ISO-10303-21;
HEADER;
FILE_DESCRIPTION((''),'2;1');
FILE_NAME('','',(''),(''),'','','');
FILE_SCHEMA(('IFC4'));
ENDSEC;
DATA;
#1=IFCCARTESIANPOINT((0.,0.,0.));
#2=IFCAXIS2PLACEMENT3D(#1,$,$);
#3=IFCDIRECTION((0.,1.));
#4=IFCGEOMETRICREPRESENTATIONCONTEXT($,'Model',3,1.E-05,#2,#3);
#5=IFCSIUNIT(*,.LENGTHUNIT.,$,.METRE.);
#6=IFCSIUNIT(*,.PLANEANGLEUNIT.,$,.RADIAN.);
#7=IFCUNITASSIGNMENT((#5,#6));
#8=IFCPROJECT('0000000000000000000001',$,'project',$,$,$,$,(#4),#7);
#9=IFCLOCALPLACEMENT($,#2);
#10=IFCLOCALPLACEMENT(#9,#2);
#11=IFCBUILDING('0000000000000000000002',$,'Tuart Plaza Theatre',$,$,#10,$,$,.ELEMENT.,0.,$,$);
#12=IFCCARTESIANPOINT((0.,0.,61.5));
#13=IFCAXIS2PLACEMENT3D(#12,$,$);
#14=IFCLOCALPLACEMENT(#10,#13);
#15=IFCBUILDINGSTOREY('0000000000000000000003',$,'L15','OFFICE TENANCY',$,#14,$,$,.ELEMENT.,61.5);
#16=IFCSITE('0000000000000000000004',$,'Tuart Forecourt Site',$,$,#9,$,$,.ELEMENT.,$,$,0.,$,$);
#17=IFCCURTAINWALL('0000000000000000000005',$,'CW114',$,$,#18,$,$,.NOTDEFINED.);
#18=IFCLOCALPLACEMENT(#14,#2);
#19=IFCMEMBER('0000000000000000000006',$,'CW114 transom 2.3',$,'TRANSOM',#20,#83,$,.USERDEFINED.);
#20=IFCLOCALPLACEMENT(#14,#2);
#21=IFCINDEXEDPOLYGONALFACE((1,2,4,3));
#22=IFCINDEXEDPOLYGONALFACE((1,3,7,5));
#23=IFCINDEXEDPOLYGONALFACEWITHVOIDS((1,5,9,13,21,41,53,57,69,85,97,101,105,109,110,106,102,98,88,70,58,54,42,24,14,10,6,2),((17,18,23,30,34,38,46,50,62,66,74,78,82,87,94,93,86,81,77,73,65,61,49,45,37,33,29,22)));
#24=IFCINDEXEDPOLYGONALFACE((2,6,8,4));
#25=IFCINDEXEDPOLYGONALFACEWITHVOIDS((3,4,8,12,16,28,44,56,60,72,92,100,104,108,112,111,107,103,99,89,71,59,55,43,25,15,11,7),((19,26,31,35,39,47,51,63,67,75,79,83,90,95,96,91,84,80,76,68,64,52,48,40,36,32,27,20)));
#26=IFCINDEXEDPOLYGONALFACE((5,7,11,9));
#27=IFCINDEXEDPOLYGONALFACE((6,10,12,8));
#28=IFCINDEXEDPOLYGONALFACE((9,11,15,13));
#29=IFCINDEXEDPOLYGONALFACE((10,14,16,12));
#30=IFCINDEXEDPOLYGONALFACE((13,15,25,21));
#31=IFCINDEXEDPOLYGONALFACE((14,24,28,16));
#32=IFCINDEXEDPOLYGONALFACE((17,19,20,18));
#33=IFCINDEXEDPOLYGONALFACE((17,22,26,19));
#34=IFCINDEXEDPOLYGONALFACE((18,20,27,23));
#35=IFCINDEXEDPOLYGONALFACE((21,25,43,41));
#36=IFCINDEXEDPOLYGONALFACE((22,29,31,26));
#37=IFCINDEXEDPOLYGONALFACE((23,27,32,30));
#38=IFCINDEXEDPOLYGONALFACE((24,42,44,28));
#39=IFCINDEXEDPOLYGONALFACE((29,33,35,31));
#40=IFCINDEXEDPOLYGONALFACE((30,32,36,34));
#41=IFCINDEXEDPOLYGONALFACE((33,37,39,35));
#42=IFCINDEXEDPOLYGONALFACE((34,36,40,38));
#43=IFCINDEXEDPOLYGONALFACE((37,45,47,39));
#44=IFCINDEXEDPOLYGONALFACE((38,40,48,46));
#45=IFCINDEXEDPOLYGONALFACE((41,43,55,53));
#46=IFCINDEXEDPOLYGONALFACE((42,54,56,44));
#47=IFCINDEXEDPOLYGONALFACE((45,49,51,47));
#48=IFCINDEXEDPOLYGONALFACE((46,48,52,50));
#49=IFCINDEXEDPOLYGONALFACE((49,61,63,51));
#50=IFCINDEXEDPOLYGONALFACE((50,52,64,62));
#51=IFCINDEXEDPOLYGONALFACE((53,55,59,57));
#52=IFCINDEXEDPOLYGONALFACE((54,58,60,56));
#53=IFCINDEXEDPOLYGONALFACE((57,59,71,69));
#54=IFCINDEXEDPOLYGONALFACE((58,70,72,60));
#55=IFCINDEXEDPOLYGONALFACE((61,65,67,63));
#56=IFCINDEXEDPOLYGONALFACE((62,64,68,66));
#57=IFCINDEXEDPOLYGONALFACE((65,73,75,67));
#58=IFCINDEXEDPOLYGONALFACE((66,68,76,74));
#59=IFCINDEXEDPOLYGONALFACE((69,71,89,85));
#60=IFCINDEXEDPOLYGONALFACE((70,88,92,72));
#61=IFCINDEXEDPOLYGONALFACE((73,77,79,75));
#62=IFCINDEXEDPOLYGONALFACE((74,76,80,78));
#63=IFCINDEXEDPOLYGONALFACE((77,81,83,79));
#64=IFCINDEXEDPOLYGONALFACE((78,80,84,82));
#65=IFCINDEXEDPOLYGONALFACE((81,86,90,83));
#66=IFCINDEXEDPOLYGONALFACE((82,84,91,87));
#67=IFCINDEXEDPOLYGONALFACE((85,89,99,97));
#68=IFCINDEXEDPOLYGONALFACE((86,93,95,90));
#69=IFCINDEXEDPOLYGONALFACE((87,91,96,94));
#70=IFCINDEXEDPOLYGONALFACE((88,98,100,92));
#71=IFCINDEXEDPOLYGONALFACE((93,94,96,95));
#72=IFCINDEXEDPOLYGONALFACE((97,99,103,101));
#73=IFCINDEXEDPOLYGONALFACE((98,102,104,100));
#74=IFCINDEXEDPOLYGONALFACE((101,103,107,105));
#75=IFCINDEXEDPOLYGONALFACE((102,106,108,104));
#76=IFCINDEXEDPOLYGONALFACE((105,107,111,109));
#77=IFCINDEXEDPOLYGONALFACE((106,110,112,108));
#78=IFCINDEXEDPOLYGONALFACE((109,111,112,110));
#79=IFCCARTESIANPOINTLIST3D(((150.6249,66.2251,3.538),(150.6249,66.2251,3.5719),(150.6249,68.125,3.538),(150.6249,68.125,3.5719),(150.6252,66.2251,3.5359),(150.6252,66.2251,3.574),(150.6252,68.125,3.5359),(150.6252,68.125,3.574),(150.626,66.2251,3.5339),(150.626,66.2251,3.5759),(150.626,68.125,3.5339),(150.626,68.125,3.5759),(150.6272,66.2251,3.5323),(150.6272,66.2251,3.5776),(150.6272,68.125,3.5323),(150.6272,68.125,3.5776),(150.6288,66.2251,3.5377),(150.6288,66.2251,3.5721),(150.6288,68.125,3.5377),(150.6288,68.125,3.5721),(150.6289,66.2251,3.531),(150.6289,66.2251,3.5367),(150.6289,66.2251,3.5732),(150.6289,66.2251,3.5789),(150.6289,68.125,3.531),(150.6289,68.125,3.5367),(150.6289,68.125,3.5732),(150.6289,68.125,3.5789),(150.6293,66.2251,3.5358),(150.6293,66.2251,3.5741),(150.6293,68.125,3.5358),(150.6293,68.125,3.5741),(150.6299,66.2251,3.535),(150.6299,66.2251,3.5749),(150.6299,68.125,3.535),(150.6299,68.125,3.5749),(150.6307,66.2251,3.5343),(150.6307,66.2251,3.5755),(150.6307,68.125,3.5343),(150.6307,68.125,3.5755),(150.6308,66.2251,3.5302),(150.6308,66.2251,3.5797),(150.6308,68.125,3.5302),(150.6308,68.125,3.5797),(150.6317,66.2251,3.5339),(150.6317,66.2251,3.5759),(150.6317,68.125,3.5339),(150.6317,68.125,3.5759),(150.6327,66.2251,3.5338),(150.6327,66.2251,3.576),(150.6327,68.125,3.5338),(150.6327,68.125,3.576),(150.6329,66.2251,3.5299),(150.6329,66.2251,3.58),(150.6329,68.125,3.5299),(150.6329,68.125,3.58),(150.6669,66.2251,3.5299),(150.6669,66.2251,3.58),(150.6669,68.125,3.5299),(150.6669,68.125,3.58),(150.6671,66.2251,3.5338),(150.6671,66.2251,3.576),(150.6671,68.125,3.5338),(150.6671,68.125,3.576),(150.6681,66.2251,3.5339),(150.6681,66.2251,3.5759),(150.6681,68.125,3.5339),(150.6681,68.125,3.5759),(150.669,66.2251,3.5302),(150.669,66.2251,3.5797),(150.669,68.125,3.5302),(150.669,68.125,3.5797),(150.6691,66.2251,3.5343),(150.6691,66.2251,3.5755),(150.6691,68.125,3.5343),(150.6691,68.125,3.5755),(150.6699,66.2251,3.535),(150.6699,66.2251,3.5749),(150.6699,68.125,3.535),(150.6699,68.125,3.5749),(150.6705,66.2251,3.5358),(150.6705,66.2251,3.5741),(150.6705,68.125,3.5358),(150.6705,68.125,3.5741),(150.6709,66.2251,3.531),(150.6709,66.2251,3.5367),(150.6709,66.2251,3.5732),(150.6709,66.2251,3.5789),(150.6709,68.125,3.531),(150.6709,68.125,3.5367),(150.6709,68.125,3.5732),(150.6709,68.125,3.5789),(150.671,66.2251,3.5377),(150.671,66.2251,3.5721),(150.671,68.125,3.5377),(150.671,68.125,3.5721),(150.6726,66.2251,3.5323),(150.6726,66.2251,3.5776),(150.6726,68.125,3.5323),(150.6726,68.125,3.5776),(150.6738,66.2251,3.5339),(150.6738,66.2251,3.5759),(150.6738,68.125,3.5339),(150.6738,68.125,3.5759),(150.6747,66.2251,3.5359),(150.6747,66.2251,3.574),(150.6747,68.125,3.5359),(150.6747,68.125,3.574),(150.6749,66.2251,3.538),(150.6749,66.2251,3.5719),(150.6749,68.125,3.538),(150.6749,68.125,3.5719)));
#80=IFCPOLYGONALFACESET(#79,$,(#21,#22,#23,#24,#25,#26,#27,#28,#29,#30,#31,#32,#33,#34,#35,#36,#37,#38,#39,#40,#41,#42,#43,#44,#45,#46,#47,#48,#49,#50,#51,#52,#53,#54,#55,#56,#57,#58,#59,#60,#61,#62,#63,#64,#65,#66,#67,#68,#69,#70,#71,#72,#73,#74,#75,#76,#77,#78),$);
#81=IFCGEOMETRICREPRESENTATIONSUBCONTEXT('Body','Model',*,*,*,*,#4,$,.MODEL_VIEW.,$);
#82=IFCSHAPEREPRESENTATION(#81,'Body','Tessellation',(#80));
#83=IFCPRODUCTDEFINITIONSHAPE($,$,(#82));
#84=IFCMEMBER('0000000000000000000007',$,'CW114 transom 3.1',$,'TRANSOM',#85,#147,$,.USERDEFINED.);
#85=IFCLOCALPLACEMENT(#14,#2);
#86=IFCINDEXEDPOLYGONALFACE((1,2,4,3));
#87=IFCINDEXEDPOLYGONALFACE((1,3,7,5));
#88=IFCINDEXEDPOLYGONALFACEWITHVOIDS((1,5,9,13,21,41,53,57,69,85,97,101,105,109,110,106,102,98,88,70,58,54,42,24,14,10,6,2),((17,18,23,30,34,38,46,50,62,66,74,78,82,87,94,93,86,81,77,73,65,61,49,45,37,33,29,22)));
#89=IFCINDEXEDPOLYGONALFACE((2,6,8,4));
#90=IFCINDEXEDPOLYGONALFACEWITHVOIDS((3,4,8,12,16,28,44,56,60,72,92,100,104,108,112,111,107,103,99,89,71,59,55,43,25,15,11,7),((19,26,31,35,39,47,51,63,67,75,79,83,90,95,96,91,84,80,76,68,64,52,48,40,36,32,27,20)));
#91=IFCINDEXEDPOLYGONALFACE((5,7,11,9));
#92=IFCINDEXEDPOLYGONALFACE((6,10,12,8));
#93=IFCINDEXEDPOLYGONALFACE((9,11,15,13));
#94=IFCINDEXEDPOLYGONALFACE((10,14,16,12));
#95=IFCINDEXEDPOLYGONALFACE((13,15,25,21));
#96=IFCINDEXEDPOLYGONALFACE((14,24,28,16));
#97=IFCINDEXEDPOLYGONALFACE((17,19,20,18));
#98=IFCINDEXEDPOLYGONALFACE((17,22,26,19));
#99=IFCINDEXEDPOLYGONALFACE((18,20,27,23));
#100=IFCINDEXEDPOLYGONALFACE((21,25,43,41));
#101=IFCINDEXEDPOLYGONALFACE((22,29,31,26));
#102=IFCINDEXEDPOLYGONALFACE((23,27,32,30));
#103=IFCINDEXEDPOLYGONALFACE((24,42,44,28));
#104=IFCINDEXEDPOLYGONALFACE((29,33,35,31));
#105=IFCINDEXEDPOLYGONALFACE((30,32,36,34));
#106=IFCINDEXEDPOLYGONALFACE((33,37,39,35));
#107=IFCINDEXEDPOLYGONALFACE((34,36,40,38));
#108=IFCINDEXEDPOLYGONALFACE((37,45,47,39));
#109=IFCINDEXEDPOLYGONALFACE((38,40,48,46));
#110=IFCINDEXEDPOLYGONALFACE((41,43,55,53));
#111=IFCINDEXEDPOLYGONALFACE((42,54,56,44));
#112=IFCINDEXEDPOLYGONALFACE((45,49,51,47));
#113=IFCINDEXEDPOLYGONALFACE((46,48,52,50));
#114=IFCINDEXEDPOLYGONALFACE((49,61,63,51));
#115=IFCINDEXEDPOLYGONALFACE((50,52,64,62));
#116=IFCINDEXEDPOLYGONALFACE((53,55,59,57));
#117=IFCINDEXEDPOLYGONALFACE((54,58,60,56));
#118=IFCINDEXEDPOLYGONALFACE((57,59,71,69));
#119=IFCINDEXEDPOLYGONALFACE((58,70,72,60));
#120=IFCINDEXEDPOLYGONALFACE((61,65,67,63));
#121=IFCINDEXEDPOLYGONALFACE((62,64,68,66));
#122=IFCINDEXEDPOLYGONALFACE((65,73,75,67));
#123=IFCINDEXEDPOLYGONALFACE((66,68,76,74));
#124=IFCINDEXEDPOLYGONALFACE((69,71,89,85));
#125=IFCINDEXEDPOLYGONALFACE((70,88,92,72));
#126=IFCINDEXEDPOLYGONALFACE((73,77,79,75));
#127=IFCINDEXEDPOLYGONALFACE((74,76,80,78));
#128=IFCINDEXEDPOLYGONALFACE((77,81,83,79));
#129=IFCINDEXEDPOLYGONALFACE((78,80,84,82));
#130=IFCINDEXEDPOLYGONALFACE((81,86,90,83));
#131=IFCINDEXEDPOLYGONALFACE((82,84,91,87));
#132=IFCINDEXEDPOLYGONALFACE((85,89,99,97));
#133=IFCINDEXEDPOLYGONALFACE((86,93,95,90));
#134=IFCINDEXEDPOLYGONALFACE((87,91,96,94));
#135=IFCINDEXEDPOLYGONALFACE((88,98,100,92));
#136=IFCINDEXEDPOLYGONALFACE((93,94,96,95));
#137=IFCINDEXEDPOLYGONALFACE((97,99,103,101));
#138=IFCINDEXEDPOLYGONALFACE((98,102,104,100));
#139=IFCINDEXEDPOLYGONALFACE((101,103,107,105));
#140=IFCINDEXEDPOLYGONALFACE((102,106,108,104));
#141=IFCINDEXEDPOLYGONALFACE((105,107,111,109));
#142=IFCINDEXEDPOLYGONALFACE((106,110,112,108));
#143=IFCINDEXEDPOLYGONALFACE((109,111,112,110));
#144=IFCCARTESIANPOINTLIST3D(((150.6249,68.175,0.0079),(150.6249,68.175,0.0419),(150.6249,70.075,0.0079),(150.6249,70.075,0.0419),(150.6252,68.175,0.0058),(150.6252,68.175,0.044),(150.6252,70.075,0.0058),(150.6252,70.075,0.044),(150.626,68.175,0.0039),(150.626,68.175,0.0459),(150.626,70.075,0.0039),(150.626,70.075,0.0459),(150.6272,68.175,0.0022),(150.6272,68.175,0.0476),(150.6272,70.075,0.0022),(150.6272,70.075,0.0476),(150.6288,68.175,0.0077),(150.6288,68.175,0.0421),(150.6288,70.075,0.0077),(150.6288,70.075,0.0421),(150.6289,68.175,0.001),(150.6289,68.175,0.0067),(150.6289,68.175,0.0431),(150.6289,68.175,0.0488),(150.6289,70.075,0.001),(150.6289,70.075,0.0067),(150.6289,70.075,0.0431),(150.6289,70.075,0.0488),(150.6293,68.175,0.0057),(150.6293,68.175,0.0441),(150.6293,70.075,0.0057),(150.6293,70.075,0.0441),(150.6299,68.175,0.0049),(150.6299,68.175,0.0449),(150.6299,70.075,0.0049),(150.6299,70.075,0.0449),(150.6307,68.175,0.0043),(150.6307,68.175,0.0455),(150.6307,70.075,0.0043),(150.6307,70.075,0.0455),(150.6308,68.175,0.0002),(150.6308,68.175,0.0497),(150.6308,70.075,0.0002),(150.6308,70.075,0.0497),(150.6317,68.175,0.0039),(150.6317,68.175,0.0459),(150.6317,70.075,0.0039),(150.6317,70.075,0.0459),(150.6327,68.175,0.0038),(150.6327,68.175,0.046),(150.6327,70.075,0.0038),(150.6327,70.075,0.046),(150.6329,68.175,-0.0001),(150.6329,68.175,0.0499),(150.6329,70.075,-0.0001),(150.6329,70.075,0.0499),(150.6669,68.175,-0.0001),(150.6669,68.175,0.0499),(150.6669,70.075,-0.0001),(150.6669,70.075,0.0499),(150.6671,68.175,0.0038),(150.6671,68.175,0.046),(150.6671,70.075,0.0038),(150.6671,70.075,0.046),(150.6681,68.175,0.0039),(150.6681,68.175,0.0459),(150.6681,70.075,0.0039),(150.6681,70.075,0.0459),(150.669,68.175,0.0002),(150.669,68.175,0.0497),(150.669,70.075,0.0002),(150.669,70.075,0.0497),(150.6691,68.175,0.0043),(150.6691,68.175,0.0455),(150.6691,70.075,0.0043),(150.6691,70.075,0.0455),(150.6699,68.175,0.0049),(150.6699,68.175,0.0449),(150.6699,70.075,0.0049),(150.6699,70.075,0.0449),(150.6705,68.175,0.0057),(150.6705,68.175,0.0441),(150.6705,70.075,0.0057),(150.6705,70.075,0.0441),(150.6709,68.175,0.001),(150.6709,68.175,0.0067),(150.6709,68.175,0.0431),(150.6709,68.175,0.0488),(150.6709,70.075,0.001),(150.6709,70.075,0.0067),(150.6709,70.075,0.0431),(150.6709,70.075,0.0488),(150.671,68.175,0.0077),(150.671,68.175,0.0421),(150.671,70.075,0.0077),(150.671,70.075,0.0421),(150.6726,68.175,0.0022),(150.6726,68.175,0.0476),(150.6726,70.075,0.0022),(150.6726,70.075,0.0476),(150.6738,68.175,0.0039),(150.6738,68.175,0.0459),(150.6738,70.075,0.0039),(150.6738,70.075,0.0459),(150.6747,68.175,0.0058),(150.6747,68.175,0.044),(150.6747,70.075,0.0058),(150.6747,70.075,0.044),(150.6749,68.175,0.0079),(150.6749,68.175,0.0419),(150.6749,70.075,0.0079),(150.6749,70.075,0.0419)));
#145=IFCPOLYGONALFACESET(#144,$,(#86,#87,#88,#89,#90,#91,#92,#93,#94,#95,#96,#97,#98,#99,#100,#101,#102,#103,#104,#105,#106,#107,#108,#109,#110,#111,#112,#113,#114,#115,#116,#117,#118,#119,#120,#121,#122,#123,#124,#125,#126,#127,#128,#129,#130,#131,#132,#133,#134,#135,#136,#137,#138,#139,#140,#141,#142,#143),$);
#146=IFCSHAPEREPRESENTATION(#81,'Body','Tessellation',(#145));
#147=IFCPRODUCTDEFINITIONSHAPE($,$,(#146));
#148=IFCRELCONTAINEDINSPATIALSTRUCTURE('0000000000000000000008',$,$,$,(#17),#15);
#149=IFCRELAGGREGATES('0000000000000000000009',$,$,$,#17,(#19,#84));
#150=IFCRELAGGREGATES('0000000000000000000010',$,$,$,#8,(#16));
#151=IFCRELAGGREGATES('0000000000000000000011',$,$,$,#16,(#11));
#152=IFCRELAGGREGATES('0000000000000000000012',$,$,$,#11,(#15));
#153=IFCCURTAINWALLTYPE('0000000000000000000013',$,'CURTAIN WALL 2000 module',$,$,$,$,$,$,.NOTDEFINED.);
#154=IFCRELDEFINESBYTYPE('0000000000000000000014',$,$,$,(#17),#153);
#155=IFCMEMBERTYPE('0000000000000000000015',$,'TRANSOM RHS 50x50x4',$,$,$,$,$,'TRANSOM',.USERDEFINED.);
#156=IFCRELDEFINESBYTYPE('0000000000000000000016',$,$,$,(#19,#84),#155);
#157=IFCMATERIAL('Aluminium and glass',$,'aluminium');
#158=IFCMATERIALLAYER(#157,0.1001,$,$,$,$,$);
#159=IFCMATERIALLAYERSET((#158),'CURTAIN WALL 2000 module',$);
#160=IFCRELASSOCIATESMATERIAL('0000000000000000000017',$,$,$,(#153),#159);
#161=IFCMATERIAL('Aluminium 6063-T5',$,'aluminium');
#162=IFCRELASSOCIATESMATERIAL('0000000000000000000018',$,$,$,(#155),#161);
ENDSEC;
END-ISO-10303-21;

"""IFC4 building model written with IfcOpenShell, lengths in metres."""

from ifc_helpers import new_model, si_unit, direction, frame, origin, origin_2d, place, context, subcontext, project, spatial, hollow_rectangle, extrude, material, layer, layer_set, material_profile, profile_set, type_object, element, aggregate, save


model = new_model("IFC4")

# Units and contexts
model_context = context("Model", 3, precision=1e-05, world=origin(), true_north=direction((0.0, 1.0)))
body_context = subcontext(model_context, "Body", "Model", "MODEL_VIEW")
ifc_project = project(units=[si_unit("LENGTHUNIT", "METRE"), si_unit("PLANEANGLEUNIT", "RADIAN")], contexts=[model_context])

# Site, building, storey
site_placement = place(None, origin())
site = spatial("IfcSite", under=ifc_project, at=site_placement, Name="Tuart Forecourt Site", CompositionType="ELEMENT", RefElevation=0.0)
building_placement = place(site_placement, origin())
building = spatial("IfcBuilding", under=site, at=building_placement, Name="Tuart Plaza Theatre", CompositionType="ELEMENT", ElevationOfRefHeight=0.0)
storey_placement = place(building_placement, frame((0.0, 0.0, 61.5)))
storey = spatial("IfcBuildingStorey", under=building, at=storey_placement, Name="L15", Description="OFFICE TENANCY", CompositionType="ELEMENT", Elevation=61.5)

# Shared definitions
ifc_material_1 = material(Name="Aluminium and glass", Category="aluminium")
ifc_layer_1 = layer(ifc_material_1, 0.1001)
ifc_layer_set_1 = layer_set([ifc_layer_1], Name="CURTAIN WALL 2000 module")
curtain_wall_type = type_object("IfcCurtainWallType", Name="CURTAIN WALL 2000 module", PredefinedType="NOTDEFINED", material=ifc_layer_set_1)

# Curtain wall
curtain_wall_1_placement = place(storey_placement, origin())
curtain_wall_1 = element("IfcCurtainWall", 1, at=curtain_wall_1_placement, inside=storey, type_object=curtain_wall_type, Name="CW114", PredefinedType="NOTDEFINED")

# Members
ifc_material_2 = material(Name="Aluminium 6063-T5", Category="aluminium")
ifc_material_profile_1 = material_profile(ifc_material_2, hollow_rectangle(XDim=0.05, YDim=0.05, WallThickness=0.0039, InnerFilletRadius=0.0039, OuterFilletRadius=0.0081, at=origin_2d()), Name="RHS 50x50x4")
ifc_profile_set_1 = profile_set([ifc_material_profile_1], Name="Aluminium 6063-T5")
member_type_1 = type_object("IfcMemberType", Name="TRANSOM RHS 50x50x4", ElementType="TRANSOM", PredefinedType="USERDEFINED", material=ifc_profile_set_1)
member_1_placement = place(storey_placement, frame((150.6499, 66.2251, 3.5549), z_axis=(0.0, 1.0, 0.0), x_axis=(-1.0, 0.0, 0.0)))
member_1 = element("IfcMember", 2, at=member_1_placement, type_object=member_type_1, Name="CW114 transom 2.3", ObjectType="TRANSOM", PredefinedType="USERDEFINED", context=body_context, shape_type="SweptSolid", body=[
    extrude(hollow_rectangle(XDim=0.05, YDim=0.05, WallThickness=0.0039, InnerFilletRadius=0.0039, OuterFilletRadius=0.0081, at=origin_2d()), origin(), (0.0, 0.0, 1.0), 1.8999),
])
member_2_placement = place(storey_placement, frame((150.6499, 68.175, 0.0249), z_axis=(0.0, 1.0, 0.0), x_axis=(-1.0, 0.0, 0.0)))
member_2 = element("IfcMember", 3, at=member_2_placement, type_object=member_type_1, Name="CW114 transom 3.1", ObjectType="TRANSOM", PredefinedType="USERDEFINED", context=body_context, shape_type="SweptSolid", body=[
    extrude(hollow_rectangle(XDim=0.05, YDim=0.05, WallThickness=0.0039, InnerFilletRadius=0.0039, OuterFilletRadius=0.0081, at=origin_2d()), origin(), (0.0, 0.0, 1.0), 1.8999),
])

aggregate(curtain_wall_1, [member_1, member_2])

save(model, "model.ifc")
